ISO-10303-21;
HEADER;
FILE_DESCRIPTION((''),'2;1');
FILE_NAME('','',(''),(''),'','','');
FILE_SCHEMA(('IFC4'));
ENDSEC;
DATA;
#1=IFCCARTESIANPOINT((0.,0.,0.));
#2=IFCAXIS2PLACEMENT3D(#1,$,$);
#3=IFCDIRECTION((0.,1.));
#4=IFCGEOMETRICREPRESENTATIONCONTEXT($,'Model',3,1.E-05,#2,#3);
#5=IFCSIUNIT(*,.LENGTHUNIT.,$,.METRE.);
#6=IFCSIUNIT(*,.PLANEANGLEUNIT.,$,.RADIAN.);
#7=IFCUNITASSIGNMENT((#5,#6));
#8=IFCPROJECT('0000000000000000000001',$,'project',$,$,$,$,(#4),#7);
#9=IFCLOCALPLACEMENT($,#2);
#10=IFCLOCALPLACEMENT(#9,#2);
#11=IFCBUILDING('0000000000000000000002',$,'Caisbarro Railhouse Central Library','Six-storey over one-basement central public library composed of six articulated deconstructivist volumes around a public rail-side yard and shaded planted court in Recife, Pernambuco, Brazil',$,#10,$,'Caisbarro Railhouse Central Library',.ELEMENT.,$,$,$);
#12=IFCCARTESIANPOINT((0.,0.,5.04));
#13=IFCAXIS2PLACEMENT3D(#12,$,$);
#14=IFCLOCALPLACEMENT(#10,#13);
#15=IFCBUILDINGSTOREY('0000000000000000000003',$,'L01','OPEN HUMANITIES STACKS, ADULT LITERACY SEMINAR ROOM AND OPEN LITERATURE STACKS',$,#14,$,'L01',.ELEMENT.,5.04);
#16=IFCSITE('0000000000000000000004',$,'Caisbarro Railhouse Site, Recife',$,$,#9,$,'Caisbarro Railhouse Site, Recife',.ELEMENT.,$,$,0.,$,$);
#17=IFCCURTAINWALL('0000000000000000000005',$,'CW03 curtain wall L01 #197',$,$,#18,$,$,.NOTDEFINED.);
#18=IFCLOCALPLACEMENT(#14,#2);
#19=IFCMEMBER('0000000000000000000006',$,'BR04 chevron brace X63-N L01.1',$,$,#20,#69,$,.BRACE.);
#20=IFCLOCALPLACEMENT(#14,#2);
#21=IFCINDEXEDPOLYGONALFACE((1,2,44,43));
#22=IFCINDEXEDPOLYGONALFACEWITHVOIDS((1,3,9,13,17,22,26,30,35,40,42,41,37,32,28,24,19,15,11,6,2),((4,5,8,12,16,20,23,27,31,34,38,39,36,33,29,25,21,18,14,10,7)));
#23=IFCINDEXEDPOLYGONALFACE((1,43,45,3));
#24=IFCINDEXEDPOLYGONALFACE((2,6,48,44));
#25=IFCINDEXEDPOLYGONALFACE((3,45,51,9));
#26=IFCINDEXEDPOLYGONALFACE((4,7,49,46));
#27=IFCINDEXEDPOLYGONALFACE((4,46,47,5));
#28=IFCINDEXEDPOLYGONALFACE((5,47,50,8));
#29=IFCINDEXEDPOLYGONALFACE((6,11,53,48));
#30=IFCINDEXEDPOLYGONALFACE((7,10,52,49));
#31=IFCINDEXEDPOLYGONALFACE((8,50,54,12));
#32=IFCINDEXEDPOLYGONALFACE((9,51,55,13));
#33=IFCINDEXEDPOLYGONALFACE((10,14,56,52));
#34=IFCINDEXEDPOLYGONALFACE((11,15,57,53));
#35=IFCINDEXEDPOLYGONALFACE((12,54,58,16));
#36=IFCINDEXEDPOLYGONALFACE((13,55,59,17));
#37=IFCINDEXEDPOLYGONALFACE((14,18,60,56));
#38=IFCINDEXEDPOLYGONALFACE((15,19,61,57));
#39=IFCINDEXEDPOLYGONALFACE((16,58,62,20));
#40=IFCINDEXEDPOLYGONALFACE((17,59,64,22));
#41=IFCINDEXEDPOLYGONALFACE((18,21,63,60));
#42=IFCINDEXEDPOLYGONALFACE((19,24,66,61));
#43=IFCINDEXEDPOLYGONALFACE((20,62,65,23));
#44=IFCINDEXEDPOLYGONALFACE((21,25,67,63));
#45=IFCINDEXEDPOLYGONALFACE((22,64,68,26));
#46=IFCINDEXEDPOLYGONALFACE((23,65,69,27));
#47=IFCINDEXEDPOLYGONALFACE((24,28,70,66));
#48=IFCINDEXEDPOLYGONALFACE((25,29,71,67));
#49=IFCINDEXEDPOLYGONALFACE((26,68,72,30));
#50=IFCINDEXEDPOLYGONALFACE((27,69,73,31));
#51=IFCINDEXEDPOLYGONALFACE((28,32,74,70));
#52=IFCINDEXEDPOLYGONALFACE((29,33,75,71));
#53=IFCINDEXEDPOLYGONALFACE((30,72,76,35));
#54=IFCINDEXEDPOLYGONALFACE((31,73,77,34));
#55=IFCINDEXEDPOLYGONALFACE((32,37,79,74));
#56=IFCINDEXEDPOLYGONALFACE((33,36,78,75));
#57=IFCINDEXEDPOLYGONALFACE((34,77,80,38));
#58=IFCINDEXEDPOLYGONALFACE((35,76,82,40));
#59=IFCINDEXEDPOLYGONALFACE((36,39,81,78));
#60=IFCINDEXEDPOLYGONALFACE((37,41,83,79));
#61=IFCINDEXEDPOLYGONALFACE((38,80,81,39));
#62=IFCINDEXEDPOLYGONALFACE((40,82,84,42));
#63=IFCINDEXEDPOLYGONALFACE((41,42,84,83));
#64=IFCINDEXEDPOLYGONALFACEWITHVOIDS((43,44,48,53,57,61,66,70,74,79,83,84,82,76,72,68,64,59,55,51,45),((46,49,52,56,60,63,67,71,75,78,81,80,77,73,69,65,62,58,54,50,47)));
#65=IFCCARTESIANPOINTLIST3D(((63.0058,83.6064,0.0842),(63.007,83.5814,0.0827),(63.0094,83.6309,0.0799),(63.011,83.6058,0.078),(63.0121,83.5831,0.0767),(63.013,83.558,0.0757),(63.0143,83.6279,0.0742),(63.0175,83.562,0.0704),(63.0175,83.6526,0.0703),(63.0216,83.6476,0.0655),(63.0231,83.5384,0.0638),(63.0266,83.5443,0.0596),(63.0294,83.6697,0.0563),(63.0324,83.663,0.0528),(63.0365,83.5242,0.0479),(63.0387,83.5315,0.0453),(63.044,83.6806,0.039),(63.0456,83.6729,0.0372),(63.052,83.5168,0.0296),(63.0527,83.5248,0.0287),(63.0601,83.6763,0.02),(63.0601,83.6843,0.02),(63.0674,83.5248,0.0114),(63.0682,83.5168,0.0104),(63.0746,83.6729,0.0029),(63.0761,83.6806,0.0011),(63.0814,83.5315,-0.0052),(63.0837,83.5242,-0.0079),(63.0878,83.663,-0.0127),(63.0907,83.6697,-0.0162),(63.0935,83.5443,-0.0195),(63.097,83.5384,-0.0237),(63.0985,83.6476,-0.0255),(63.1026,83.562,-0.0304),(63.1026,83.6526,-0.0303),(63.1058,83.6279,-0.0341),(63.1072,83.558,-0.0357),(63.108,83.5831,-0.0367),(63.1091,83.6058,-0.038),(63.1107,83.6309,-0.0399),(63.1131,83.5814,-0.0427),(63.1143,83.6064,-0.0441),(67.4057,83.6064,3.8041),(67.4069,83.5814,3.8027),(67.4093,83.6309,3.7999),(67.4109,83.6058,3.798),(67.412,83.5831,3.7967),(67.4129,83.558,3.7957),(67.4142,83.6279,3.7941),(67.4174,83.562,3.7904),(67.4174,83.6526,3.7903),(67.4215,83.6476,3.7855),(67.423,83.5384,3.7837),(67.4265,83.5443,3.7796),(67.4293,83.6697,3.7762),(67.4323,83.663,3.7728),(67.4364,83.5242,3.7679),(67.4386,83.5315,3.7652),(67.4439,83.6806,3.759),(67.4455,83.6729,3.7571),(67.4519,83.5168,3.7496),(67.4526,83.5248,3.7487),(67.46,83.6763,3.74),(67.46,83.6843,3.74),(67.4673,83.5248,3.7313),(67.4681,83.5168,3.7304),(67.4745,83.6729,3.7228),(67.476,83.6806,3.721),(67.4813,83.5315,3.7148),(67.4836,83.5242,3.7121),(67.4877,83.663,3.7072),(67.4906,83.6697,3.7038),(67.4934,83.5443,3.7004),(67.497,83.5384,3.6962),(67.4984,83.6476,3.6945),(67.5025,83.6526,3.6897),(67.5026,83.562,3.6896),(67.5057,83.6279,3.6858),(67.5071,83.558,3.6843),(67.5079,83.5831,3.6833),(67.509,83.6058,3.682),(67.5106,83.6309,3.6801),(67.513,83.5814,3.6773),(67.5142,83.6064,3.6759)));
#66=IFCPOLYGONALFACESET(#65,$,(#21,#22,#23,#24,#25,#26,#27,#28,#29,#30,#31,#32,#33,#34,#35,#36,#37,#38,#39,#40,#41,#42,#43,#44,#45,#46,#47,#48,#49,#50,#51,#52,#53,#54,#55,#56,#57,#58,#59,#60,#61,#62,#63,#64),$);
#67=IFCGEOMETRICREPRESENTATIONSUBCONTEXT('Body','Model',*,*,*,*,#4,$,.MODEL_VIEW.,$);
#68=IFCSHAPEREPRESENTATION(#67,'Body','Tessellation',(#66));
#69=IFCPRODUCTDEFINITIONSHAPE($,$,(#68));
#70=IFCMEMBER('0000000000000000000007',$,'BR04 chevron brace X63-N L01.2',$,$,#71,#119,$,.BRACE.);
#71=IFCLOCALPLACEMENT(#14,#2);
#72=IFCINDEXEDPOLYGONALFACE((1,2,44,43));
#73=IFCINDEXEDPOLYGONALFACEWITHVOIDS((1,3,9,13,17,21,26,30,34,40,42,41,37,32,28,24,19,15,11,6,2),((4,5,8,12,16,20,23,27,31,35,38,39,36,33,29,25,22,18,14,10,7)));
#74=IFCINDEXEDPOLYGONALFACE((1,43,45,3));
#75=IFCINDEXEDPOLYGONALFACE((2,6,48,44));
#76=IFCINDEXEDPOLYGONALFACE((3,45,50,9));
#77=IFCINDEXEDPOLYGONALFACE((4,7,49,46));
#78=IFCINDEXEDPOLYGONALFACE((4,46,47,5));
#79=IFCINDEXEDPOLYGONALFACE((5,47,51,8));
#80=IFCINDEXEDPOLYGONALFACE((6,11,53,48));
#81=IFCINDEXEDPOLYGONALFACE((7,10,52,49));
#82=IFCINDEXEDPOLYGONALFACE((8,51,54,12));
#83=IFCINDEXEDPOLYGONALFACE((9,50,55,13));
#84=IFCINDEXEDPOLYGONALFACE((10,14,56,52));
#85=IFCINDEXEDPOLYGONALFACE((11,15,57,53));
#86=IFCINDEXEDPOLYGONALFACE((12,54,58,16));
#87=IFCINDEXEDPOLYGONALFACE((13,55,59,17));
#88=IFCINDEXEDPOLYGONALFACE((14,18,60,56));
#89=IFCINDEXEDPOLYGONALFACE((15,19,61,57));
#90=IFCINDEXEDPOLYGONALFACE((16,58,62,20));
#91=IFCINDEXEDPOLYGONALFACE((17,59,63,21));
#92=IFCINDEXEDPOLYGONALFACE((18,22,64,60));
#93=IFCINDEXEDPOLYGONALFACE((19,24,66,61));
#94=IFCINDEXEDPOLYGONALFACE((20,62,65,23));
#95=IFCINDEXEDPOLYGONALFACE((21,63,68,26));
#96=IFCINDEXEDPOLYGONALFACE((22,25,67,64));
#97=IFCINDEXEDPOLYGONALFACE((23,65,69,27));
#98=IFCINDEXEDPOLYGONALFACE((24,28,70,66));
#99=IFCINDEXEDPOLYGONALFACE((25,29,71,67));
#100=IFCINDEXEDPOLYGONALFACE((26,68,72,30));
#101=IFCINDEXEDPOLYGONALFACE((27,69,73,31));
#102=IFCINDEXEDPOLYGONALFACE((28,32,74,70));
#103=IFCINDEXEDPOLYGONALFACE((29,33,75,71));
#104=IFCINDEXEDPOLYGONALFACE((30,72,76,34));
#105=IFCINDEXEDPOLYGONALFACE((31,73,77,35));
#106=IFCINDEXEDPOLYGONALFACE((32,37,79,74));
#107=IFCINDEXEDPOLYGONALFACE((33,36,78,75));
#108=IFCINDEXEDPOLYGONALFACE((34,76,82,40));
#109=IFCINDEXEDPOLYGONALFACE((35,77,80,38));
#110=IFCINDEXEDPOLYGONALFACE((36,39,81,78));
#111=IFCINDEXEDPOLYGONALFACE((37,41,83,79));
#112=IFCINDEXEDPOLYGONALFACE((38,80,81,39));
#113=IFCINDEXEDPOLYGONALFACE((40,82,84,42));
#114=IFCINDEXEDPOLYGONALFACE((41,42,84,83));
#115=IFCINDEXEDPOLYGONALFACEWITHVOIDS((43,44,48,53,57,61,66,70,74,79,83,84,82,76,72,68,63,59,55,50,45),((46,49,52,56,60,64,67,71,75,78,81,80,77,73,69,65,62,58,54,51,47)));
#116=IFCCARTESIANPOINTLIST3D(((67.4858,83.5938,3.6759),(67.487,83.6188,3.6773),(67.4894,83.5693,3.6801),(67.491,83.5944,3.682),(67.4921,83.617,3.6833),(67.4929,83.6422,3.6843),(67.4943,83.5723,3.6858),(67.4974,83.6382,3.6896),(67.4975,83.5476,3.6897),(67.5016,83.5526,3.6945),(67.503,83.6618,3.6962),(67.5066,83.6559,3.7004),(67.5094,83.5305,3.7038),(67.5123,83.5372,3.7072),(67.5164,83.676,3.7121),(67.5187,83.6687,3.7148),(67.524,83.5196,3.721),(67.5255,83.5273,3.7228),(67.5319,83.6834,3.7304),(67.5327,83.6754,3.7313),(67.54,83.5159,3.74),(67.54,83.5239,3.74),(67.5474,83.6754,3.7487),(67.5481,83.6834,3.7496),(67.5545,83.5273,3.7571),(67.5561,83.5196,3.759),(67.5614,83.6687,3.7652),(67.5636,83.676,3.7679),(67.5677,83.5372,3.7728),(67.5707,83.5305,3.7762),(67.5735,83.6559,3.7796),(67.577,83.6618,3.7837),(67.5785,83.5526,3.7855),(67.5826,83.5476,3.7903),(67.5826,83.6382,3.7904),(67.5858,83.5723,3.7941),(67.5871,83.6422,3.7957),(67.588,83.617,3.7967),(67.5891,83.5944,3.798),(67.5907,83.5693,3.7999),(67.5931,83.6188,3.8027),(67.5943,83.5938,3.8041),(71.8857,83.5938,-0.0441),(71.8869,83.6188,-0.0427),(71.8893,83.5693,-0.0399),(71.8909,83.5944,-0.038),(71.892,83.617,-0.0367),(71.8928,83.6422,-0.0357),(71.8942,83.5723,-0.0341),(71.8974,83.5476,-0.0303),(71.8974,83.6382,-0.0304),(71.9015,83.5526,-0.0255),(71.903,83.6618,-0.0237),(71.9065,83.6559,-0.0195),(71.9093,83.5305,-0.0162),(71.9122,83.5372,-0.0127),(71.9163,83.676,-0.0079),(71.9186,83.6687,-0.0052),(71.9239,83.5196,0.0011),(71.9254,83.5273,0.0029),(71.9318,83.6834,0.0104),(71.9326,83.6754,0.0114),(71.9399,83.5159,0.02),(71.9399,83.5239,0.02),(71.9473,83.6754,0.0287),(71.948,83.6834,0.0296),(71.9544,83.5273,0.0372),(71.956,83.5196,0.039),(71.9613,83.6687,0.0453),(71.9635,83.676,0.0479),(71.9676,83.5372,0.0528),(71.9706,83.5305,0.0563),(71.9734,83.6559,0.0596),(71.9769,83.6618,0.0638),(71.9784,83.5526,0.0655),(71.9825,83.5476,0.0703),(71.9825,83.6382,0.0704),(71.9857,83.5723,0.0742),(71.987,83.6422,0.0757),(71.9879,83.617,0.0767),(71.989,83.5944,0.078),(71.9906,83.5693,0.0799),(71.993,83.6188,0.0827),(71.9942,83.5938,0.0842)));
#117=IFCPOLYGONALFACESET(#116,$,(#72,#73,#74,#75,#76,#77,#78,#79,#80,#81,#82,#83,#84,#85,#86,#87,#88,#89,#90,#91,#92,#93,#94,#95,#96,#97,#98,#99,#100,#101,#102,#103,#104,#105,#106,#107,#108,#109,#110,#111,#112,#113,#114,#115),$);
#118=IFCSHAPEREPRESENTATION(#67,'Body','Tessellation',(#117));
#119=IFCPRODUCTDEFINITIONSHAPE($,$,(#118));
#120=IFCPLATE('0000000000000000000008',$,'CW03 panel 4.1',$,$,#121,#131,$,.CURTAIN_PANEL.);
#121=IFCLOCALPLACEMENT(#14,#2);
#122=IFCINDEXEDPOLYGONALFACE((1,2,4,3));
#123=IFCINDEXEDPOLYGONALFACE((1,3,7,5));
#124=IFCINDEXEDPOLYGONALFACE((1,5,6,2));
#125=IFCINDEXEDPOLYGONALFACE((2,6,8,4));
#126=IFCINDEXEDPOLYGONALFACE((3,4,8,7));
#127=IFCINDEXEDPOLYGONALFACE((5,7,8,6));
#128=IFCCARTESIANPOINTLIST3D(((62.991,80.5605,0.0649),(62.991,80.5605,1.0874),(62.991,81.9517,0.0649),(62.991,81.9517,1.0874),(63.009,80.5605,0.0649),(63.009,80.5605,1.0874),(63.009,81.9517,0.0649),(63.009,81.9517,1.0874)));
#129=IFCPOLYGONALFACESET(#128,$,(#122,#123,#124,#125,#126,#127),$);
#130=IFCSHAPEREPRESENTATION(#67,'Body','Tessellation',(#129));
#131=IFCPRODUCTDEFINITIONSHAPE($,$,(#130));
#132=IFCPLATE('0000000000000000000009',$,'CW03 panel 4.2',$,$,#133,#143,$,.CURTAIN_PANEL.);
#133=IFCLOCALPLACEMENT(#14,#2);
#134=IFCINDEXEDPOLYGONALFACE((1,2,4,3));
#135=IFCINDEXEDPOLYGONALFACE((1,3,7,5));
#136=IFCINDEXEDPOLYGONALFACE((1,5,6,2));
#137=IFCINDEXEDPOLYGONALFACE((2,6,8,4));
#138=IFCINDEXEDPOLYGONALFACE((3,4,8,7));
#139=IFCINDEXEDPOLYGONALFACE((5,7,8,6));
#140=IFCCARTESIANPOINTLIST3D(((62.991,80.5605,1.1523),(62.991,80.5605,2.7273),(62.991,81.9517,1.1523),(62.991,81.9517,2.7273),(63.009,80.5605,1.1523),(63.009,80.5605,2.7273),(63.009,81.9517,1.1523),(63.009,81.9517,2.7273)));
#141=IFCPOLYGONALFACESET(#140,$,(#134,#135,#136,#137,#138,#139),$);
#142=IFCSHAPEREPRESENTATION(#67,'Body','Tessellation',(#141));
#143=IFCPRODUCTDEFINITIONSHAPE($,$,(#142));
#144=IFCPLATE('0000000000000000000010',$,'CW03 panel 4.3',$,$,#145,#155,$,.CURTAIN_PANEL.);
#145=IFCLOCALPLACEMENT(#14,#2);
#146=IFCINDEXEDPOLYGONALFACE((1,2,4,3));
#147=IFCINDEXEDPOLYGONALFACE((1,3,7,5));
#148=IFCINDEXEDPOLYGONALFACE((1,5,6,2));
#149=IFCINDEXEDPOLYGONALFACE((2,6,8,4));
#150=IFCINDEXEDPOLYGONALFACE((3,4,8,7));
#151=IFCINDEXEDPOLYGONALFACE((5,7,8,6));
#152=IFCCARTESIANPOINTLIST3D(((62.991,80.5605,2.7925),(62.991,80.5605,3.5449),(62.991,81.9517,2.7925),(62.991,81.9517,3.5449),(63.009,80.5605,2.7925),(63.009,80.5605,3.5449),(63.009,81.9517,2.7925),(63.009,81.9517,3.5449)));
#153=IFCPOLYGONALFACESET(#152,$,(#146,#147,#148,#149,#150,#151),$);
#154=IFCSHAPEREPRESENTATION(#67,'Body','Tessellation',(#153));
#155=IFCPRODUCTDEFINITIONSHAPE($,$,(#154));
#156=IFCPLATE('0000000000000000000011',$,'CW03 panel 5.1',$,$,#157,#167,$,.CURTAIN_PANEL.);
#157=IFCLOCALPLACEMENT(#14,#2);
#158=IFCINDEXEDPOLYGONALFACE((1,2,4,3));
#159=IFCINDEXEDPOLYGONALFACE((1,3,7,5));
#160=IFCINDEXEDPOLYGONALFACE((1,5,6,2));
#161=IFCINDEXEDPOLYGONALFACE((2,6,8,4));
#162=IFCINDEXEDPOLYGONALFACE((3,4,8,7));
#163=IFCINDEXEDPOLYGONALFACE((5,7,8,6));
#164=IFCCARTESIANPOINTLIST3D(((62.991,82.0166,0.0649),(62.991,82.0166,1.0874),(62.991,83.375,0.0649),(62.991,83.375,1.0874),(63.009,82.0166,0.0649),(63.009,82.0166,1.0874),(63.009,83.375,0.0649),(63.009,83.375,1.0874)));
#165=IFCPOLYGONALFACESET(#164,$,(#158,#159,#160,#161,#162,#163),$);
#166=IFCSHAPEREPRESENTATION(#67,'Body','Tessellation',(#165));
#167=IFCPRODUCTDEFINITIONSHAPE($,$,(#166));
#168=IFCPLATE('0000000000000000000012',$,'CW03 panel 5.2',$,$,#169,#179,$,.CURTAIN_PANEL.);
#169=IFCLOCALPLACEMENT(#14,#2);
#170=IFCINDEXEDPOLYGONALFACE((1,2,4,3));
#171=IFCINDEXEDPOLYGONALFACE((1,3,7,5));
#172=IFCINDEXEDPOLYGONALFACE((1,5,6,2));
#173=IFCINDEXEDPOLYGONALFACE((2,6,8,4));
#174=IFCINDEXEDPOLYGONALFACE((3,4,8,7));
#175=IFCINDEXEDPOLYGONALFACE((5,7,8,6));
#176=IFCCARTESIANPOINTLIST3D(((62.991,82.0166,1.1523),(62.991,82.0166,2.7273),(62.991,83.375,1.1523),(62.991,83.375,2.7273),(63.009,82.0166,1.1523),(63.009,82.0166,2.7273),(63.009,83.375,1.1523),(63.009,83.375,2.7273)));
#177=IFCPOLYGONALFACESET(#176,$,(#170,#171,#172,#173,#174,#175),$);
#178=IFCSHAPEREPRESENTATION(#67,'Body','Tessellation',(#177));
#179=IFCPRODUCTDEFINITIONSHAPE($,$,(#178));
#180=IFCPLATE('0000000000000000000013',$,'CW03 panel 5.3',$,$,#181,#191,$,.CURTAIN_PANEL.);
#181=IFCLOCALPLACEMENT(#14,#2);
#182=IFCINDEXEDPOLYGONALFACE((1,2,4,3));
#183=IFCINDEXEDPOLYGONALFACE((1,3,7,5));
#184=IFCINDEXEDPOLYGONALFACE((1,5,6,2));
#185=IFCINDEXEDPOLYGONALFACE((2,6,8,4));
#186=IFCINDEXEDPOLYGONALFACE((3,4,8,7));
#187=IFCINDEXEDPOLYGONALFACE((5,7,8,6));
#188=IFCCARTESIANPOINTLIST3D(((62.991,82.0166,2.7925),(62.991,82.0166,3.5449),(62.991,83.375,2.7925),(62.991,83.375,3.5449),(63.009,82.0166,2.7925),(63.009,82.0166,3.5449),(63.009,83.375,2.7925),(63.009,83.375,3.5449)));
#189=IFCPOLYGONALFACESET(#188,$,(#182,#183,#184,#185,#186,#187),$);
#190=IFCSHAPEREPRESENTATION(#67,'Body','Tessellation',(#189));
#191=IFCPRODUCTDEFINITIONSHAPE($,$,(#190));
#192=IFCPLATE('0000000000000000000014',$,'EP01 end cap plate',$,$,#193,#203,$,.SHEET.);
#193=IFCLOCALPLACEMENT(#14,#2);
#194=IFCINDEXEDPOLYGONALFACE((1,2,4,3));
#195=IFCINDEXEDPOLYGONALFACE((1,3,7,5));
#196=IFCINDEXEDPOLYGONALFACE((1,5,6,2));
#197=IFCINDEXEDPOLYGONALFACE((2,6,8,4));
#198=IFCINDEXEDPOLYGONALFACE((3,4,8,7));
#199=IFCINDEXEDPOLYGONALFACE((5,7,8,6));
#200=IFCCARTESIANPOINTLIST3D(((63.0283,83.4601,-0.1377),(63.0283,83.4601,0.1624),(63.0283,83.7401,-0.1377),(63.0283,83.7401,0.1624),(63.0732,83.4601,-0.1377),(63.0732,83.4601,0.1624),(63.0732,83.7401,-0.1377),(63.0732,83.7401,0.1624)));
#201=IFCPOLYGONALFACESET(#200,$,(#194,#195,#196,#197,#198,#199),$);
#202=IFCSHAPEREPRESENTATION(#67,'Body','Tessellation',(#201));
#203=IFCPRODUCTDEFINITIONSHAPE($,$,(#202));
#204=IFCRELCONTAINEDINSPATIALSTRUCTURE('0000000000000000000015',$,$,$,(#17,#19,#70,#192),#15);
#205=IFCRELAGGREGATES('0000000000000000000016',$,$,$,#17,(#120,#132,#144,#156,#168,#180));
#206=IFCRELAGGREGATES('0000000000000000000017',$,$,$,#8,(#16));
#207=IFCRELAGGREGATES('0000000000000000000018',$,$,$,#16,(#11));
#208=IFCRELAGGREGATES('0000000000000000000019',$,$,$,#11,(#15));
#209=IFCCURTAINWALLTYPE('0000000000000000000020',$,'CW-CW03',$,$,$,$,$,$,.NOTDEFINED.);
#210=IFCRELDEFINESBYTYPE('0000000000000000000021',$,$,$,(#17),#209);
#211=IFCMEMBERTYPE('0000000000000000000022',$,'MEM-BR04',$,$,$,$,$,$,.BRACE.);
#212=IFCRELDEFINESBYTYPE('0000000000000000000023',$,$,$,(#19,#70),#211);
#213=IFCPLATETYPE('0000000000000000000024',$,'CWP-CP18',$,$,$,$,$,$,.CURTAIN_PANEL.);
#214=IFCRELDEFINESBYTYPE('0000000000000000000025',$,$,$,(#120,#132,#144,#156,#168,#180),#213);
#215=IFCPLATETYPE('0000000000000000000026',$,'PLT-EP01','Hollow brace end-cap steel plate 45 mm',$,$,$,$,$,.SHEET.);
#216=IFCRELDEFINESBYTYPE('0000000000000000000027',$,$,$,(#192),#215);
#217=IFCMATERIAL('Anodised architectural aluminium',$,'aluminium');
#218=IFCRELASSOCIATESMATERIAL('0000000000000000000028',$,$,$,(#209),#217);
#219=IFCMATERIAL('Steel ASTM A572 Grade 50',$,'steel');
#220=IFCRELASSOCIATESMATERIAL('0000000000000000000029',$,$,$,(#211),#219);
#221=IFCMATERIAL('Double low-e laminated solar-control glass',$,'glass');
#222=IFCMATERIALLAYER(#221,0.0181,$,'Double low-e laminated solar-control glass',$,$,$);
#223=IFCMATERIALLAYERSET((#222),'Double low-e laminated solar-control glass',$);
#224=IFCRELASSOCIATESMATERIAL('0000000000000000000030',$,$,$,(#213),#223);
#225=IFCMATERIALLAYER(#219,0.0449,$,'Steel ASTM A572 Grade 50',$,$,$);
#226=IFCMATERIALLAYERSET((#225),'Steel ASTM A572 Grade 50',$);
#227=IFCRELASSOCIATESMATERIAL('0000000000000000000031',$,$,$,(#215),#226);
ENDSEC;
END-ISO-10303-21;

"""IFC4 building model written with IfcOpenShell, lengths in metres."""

from ifc_helpers import new_model, si_unit, direction, frame, origin, origin_2d, place, context, subcontext, project, spatial, rectangle, hollow_circle, extrude, material, layer, layer_set, material_profile, profile_set, type_object, element, aggregate, save


model = new_model("IFC4")

# Units and contexts
model_context = context("Model", 3, precision=1e-05, world=origin(), true_north=direction((0.0, 1.0)))
body_context = subcontext(model_context, "Body", "Model", "MODEL_VIEW")
ifc_project = project(units=[si_unit("LENGTHUNIT", "METRE"), si_unit("PLANEANGLEUNIT", "RADIAN")], contexts=[model_context])

# Site, building, storey
site_placement = place(None, origin())
site = spatial("IfcSite", under=ifc_project, at=site_placement, Name="Caisbarro Railhouse Site, Recife", LongName="Caisbarro Railhouse Site, Recife", CompositionType="ELEMENT", RefElevation=0.0)
building_placement = place(site_placement, origin())
building = spatial("IfcBuilding", under=site, at=building_placement, Name="Caisbarro Railhouse Central Library", Description="Six-storey over one-basement central public library composed of six articulated deconstructivist volumes around a public rail-side yard and shaded planted court in Recife, Pernambuco, Brazil", LongName="Caisbarro Railhouse Central Library", CompositionType="ELEMENT")
storey_placement = place(building_placement, frame((0.0, 0.0, 5.04)))
storey = spatial("IfcBuildingStorey", under=building, at=storey_placement, Name="L01", Description="OPEN HUMANITIES STACKS, ADULT LITERACY SEMINAR ROOM AND OPEN LITERATURE STACKS", LongName="L01", CompositionType="ELEMENT", Elevation=5.04)

# Shared definitions
ifc_material_1 = material(Name="Steel ASTM A572 Grade 50", Category="steel")

# Curtain wall
ifc_material_2 = material(Name="Anodised architectural aluminium", Category="aluminium")
curtain_wall_type = type_object("IfcCurtainWallType", Name="CW-CW03", PredefinedType="NOTDEFINED", material=ifc_material_2)
curtain_wall_placement = place(storey_placement, origin())
curtain_wall = element("IfcCurtainWall", 1, at=curtain_wall_placement, inside=storey, type_object=curtain_wall_type, Name="CW03 curtain wall L01 #197", PredefinedType="NOTDEFINED")

# Members
ifc_material_profile_1 = material_profile(ifc_material_1, hollow_circle(Radius=0.0842, WallThickness=0.0081, at=origin_2d()), Name="CHS168.3X8")
ifc_profile_set_1 = profile_set([ifc_material_profile_1], Name="Steel ASTM A572 Grade 50")
member_type_1 = type_object("IfcMemberType", Name="MEM-BR04", PredefinedType="BRACE", material=ifc_profile_set_1)
for number, where, z_axis, x_axis, name in (
    (2, (63.0601, 83.6001, 0.02), (0.763645, 0.0, 0.645636), (0.0, 1.0, 0.0), "BR04 chevron brace X63-N L01.1"),
    (3, (71.9399, 83.6001, 0.02), (-0.763645, 0.0, 0.645636), (0.0, -1.0, 0.0), "BR04 chevron brace X63-N L01.2"),
):
    element("IfcMember", number, at=place(storey_placement, frame(where, z_axis=z_axis, x_axis=x_axis)), inside=storey, type_object=member_type_1, Name=name, PredefinedType="BRACE", context=body_context, shape_type="SweptSolid", body=[
        extrude(hollow_circle(Radius=0.0842, WallThickness=0.0081, at=origin_2d()), origin(), (0.0, 0.0, 1.0), 5.7617),
    ])

# Plates
ifc_material_3 = material(Name="Double low-e laminated solar-control glass", Category="glass")
ifc_layer_1 = layer(ifc_material_3, 0.0181, Name="Double low-e laminated solar-control glass")
ifc_layer_set_1 = layer_set([ifc_layer_1], Name="Double low-e laminated solar-control glass")
plate_type_1 = type_object("IfcPlateType", Name="CWP-CP18", PredefinedType="CURTAIN_PANEL", material=ifc_layer_set_1)
plate_1_placement = place(storey_placement, frame((63.0, 81.2561, 0.0649), z_axis=(0.0, 0.0, 1.0), x_axis=(0.0, 1.0, 0.0)))
plate_1 = element("IfcPlate", 4, at=plate_1_placement, type_object=plate_type_1, Name="CW03 panel 4.1", PredefinedType="CURTAIN_PANEL", context=body_context, shape_type="SweptSolid", body=[
    extrude(rectangle(XDim=1.3911, YDim=0.0181, at=origin_2d()), origin(), (0.0, 0.0, 1.0), 1.0225),
])
plate_2_placement = place(storey_placement, frame((63.0, 81.2561, 1.1523), z_axis=(0.0, 0.0, 1.0), x_axis=(0.0, 1.0, 0.0)))
plate_2 = element("IfcPlate", 5, at=plate_2_placement, type_object=plate_type_1, Name="CW03 panel 4.2", PredefinedType="CURTAIN_PANEL", context=body_context, shape_type="SweptSolid", body=[
    extrude(rectangle(XDim=1.3911, YDim=0.0181, at=origin_2d()), origin(), (0.0, 0.0, 1.0), 1.575),
])
plate_3_placement = place(storey_placement, frame((63.0, 81.2561, 2.7925), z_axis=(0.0, 0.0, 1.0), x_axis=(0.0, 1.0, 0.0)))
plate_3 = element("IfcPlate", 6, at=plate_3_placement, type_object=plate_type_1, Name="CW03 panel 4.3", PredefinedType="CURTAIN_PANEL", context=body_context, shape_type="SweptSolid", body=[
    extrude(rectangle(XDim=1.3911, YDim=0.0181, at=origin_2d()), origin(), (0.0, 0.0, 1.0), 0.7524),
])
plate_4_placement = place(storey_placement, frame((63.0, 82.6958, 0.0649), z_axis=(0.0, 0.0, 1.0), x_axis=(0.0, 1.0, 0.0)))
plate_4 = element("IfcPlate", 7, at=plate_4_placement, type_object=plate_type_1, Name="CW03 panel 5.1", PredefinedType="CURTAIN_PANEL", context=body_context, shape_type="SweptSolid", body=[
    extrude(rectangle(XDim=1.3584, YDim=0.0181, at=origin_2d()), origin(), (0.0, 0.0, 1.0), 1.0225),
])
plate_5_placement = place(storey_placement, frame((63.0, 82.6958, 1.1523), z_axis=(0.0, 0.0, 1.0), x_axis=(0.0, 1.0, 0.0)))
plate_5 = element("IfcPlate", 8, at=plate_5_placement, type_object=plate_type_1, Name="CW03 panel 5.2", PredefinedType="CURTAIN_PANEL", context=body_context, shape_type="SweptSolid", body=[
    extrude(rectangle(XDim=1.3584, YDim=0.0181, at=origin_2d()), origin(), (0.0, 0.0, 1.0), 1.575),
])
plate_6_placement = place(storey_placement, frame((63.0, 82.6958, 2.7925), z_axis=(0.0, 0.0, 1.0), x_axis=(0.0, 1.0, 0.0)))
plate_6 = element("IfcPlate", 9, at=plate_6_placement, type_object=plate_type_1, Name="CW03 panel 5.3", PredefinedType="CURTAIN_PANEL", context=body_context, shape_type="SweptSolid", body=[
    extrude(rectangle(XDim=1.3584, YDim=0.0181, at=origin_2d()), origin(), (0.0, 0.0, 1.0), 0.7524),
])
aggregate(curtain_wall, [plate_1, plate_2, plate_3, plate_4, plate_5, plate_6])

# Plate
ifc_layer_2 = layer(ifc_material_1, 0.0449, Name="Steel ASTM A572 Grade 50")
ifc_layer_set_2 = layer_set([ifc_layer_2], Name="Steel ASTM A572 Grade 50")
plate_type_2 = type_object("IfcPlateType", Name="PLT-EP01", Description="Hollow brace end-cap steel plate 45 mm", PredefinedType="SHEET", material=ifc_layer_set_2)
for number, where, z_axis, x_axis, name in (
    (10, (63.0508, 83.6001, -0.1377), (0.0, 0.0, 1.0), (1.0, 0.0, 0.0), "EP01 end cap plate"),
):
    element("IfcPlate", number, at=place(storey_placement, frame(where, z_axis=z_axis, x_axis=x_axis)), inside=storey, type_object=plate_type_2, Name=name, PredefinedType="SHEET", context=body_context, shape_type="SweptSolid", body=[
        extrude(rectangle(XDim=0.0449, YDim=0.28, at=origin_2d()), origin(), (0.0, 0.0, 1.0), 0.3),
    ])

save(model, "model.ifc")
